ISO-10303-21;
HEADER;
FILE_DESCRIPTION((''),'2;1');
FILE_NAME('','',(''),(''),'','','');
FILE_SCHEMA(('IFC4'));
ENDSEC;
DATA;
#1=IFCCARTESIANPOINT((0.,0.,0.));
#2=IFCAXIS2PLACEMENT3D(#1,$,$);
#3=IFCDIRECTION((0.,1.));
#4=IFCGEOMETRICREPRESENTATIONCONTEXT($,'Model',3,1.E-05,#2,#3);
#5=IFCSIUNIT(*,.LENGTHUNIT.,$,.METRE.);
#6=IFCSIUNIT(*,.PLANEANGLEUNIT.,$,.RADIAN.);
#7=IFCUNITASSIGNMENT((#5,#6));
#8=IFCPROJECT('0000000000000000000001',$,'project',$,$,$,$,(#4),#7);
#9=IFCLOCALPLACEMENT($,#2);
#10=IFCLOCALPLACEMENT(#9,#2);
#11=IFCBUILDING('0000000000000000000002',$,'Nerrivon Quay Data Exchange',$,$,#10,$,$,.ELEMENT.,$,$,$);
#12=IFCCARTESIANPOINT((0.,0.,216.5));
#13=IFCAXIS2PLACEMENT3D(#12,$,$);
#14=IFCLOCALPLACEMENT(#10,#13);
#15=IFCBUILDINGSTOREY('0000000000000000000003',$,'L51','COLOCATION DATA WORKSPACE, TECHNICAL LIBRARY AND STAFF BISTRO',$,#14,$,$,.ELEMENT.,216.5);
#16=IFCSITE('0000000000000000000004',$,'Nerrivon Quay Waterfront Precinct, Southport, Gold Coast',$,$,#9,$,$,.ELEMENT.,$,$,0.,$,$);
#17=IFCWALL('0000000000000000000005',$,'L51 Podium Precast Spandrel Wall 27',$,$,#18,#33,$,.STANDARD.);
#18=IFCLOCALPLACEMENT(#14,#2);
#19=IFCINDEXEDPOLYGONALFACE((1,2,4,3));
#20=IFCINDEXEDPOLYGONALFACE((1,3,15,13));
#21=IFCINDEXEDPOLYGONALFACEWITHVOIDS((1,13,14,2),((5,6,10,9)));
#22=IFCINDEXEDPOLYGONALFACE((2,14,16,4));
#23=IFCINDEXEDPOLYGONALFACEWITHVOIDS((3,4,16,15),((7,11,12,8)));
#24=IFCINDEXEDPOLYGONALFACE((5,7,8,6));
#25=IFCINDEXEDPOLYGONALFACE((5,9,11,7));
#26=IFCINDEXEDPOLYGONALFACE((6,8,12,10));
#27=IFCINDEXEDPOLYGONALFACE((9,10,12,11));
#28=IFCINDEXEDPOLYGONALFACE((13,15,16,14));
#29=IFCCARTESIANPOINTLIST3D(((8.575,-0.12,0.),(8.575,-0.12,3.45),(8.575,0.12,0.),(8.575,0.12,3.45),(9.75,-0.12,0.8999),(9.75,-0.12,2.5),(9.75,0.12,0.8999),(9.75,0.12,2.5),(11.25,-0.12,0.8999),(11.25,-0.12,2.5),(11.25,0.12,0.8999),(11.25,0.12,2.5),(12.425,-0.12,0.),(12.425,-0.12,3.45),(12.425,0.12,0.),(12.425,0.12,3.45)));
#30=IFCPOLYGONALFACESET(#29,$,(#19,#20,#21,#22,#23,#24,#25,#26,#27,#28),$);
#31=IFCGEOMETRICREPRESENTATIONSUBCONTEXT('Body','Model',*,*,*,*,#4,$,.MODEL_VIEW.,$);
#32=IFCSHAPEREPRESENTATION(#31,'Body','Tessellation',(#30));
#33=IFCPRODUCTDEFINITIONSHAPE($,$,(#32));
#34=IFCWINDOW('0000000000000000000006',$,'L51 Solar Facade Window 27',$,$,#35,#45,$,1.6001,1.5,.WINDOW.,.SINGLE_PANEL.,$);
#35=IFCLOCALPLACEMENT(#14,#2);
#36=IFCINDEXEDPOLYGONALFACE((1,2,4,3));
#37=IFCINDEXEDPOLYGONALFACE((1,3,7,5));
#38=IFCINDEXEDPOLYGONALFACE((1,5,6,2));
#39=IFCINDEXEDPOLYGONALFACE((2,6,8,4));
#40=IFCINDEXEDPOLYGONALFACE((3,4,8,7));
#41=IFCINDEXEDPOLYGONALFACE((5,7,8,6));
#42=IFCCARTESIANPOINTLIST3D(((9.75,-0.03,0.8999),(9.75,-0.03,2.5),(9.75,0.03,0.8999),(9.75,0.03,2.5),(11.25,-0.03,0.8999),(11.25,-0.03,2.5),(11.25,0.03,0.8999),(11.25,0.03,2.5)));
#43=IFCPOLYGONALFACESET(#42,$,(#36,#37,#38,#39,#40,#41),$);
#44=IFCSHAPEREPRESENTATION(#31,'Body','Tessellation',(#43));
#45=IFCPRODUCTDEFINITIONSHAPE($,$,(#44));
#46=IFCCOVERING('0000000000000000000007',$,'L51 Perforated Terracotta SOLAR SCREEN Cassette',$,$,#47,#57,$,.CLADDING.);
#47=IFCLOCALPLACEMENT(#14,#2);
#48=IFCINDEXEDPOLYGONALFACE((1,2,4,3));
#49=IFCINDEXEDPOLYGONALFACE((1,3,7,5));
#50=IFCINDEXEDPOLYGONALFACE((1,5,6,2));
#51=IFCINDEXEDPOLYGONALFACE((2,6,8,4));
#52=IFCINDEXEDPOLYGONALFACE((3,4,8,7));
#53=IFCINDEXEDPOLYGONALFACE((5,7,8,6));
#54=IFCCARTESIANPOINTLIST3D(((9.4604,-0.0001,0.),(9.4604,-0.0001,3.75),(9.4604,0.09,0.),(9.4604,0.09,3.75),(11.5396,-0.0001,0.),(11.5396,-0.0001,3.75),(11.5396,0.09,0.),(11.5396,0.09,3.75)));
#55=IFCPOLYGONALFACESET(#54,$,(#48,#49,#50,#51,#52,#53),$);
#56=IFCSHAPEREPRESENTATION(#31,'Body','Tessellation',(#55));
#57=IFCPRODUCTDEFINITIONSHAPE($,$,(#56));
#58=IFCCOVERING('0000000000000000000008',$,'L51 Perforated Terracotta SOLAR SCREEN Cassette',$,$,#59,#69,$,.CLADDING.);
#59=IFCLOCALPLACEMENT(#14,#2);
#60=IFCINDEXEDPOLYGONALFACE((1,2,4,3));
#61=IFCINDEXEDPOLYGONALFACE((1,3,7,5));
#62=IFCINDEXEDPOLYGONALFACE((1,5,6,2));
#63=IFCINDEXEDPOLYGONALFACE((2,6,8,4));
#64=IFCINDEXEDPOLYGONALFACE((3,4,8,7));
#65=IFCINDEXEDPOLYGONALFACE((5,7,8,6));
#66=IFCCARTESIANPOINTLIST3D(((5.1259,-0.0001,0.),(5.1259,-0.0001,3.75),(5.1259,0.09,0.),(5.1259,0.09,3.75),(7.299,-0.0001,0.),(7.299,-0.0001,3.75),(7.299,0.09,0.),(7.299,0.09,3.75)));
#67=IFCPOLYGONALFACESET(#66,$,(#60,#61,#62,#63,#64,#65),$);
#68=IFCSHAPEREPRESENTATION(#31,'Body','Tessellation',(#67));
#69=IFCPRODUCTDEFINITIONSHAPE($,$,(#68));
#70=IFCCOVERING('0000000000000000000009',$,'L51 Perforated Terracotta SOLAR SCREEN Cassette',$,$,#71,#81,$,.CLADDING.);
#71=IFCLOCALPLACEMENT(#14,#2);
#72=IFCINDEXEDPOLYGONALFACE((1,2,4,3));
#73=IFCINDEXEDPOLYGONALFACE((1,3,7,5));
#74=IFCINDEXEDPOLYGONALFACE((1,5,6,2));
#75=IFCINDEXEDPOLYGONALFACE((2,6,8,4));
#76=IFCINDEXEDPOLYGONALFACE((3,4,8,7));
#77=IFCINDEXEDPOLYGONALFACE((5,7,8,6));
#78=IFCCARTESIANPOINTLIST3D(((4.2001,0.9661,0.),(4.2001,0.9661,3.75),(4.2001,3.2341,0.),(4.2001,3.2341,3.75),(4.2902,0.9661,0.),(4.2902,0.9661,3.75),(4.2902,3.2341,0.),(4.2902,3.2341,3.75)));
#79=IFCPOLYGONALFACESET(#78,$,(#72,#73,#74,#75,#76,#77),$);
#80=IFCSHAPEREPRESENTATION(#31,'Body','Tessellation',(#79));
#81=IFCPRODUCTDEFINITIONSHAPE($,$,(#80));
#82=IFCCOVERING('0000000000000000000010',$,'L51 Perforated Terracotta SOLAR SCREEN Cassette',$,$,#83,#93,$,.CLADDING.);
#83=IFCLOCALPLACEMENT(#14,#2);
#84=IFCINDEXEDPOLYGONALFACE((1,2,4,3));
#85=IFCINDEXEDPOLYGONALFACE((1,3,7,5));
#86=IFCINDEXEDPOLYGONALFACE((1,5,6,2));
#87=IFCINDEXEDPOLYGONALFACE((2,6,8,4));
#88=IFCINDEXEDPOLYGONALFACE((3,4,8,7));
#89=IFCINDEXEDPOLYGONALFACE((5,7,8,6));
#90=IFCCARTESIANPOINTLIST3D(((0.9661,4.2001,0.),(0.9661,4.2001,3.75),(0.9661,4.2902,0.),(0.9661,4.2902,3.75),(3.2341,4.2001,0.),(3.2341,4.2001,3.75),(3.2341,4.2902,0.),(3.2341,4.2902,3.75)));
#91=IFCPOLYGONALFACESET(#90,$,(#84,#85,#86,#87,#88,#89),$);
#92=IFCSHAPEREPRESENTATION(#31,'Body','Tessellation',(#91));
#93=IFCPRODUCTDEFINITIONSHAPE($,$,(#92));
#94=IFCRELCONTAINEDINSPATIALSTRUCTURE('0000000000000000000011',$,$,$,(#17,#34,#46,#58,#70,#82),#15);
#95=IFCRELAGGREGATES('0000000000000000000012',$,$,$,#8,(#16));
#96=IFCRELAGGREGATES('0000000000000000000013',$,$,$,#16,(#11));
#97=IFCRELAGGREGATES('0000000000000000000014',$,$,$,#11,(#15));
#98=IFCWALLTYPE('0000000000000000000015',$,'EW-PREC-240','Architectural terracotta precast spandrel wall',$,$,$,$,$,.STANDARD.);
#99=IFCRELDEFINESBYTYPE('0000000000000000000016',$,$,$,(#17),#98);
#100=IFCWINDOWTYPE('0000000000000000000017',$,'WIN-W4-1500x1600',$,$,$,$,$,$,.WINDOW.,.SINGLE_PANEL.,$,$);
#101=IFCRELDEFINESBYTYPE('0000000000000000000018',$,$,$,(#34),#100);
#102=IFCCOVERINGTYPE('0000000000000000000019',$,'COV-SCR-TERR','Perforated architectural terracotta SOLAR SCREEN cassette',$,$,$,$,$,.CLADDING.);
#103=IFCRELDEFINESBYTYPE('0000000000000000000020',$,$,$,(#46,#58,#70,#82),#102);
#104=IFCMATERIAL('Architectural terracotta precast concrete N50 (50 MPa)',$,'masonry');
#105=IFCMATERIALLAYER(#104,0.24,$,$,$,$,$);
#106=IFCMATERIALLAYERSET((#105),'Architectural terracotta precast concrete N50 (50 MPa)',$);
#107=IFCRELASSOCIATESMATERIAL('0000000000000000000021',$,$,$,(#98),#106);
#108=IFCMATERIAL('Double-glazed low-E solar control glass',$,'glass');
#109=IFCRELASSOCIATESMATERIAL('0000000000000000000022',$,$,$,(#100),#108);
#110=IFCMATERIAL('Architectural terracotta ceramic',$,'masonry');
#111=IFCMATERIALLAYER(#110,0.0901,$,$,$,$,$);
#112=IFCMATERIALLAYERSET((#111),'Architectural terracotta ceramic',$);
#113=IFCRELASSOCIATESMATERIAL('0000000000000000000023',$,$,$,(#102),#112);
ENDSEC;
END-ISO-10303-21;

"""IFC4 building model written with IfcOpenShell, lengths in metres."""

from ifc_helpers import new_model, si_unit, direction, frame, frame_2d, origin, origin_2d, place, context, subcontext, project, spatial, rectangle, extrude, material, layer, layer_set, type_object, element, fill, save


model = new_model("IFC4")

# Units and contexts
model_context = context("Model", 3, precision=1e-05, world=origin(), true_north=direction((0.0, 1.0)))
body_context = subcontext(model_context, "Body", "Model", "MODEL_VIEW")
ifc_project = project(units=[si_unit("LENGTHUNIT", "METRE"), si_unit("PLANEANGLEUNIT", "RADIAN")], contexts=[model_context])

# Site, building, storey
site_placement = place(None, origin())
site = spatial("IfcSite", under=ifc_project, at=site_placement, Name="Nerrivon Quay Waterfront Precinct, Southport, Gold Coast", CompositionType="ELEMENT", RefElevation=0.0)
building_placement = place(site_placement, origin())
building = spatial("IfcBuilding", under=site, at=building_placement, Name="Nerrivon Quay Data Exchange", CompositionType="ELEMENT")
storey_placement = place(building_placement, frame((0.0, 0.0, 216.5)))
storey = spatial("IfcBuildingStorey", under=building, at=storey_placement, Name="L51", Description="COLOCATION DATA WORKSPACE, TECHNICAL LIBRARY AND STAFF BISTRO", CompositionType="ELEMENT", Elevation=216.5)

# Shared definitions
ifc_material_1 = material(Name="Double-glazed low-E solar control glass", Category="glass")

# Wall, opening, window
ifc_material_2 = material(Name="Architectural terracotta precast concrete N50 (50 MPa)", Category="masonry")
ifc_layer_1 = layer(ifc_material_2, 0.24)
ifc_layer_set_1 = layer_set([ifc_layer_1], Name="Architectural terracotta precast concrete N50 (50 MPa)")
wall_type = type_object("IfcWallType", Name="EW-PREC-240", Description="Architectural terracotta precast spandrel wall", PredefinedType="STANDARD", material=ifc_layer_set_1)
wall_placement = place(storey_placement, frame((12.425, 0.0, 0.0), z_axis=(0.0, 0.0, 1.0), x_axis=(-1.0, 0.0, 0.0)))
wall = element("IfcWall", 1, at=wall_placement, inside=storey, type_object=wall_type, Name="L51 Podium Precast Spandrel Wall 27", PredefinedType="STANDARD", context=body_context, shape_type="SweptSolid", body=[
    extrude(rectangle(XDim=3.8501, YDim=0.24, at=frame_2d((1.925, 0.0))), origin(), (0.0, 0.0, 1.0), 3.45),
])
opening_placement = place(wall_placement, frame((1.175, 0.0, 0.8999)))
opening = element("IfcOpeningElement", 2, at=opening_placement, cuts=wall, PredefinedType="OPENING", context=body_context, shape_type="SweptSolid", body=[
    extrude(rectangle(XDim=1.5, YDim=1.6001, at=frame_2d((0.75, 0.8))), frame((0.0, 0.1299, 0.0), z_axis=(0.0, -1.0, 0.0), x_axis=(1.0, 0.0, 0.0)), (0.0, 0.0, 1.0), 0.26),
])
window_type = type_object("IfcWindowType", Name="WIN-W4-1500x1600", PartitioningType="SINGLE_PANEL", PredefinedType="WINDOW", material=ifc_material_1)
window_placement = place(opening_placement, origin())
window = element("IfcWindow", 3, at=window_placement, inside=storey, type_object=window_type, Name="L51 Solar Facade Window 27", OverallHeight=1.6001, OverallWidth=1.5, PartitioningType="SINGLE_PANEL", PredefinedType="WINDOW", context=body_context, shape_type="SweptSolid", body=[
    extrude(rectangle(XDim=1.5, YDim=1.6001, at=frame_2d((0.75, 0.8))), frame((0.0, 0.03, 0.0), z_axis=(0.0, -1.0, 0.0), x_axis=(1.0, 0.0, 0.0)), (0.0, 0.0, 1.0), 0.0601),
])
fill(opening, window)

# Coverings
ifc_material_3 = material(Name="Architectural terracotta ceramic", Category="masonry")
ifc_layer_2 = layer(ifc_material_3, 0.0901)
ifc_layer_set_2 = layer_set([ifc_layer_2], Name="Architectural terracotta ceramic")
covering_type = type_object("IfcCoveringType", Name="COV-SCR-TERR", Description="Perforated architectural terracotta SOLAR SCREEN cassette", PredefinedType="CLADDING", material=ifc_layer_set_2)
covering_1_placement = place(storey_placement, frame((10.5, 0.0449, 0.0), z_axis=(0.0, 0.0, 1.0), x_axis=(-1.0, 0.0, 0.0)))
element("IfcCovering", 4, at=covering_1_placement, inside=storey, type_object=covering_type, Name="L51 Perforated Terracotta SOLAR SCREEN Cassette", PredefinedType="CLADDING", context=body_context, shape_type="SweptSolid", body=[
    extrude(rectangle(XDim=2.0791, YDim=0.0901, at=origin_2d()), origin(), (0.0, 0.0, 1.0), 3.75),
])
covering_2_placement = place(storey_placement, frame((6.2124, 0.0449, 0.0), z_axis=(0.0, 0.0, 1.0), x_axis=(-1.0, 0.0, 0.0)))
element("IfcCovering", 5, at=covering_2_placement, inside=storey, type_object=covering_type, Name="L51 Perforated Terracotta SOLAR SCREEN Cassette", PredefinedType="CLADDING", context=body_context, shape_type="SweptSolid", body=[
    extrude(rectangle(XDim=2.1731, YDim=0.0901, at=origin_2d()), origin(), (0.0, 0.0, 1.0), 3.75),
])
for number, where, z_axis, x_axis, name in (
    (6, (4.2451, 2.1001, 0.0), (0.0, 0.0, 1.0), (0.0, 1.0, 0.0), "L51 Perforated Terracotta SOLAR SCREEN Cassette"),
    (7, (2.1001, 4.2451, 0.0), (0.0, 0.0, 1.0), (-1.0, 0.0, 0.0), "L51 Perforated Terracotta SOLAR SCREEN Cassette"),
):
    element("IfcCovering", number, at=place(storey_placement, frame(where, z_axis=z_axis, x_axis=x_axis)), inside=storey, type_object=covering_type, Name=name, PredefinedType="CLADDING", context=body_context, shape_type="SweptSolid", body=[
        extrude(rectangle(XDim=2.2681, YDim=0.0901, at=origin_2d()), origin(), (0.0, 0.0, 1.0), 3.75),
    ])

save(model, "model.ifc")
